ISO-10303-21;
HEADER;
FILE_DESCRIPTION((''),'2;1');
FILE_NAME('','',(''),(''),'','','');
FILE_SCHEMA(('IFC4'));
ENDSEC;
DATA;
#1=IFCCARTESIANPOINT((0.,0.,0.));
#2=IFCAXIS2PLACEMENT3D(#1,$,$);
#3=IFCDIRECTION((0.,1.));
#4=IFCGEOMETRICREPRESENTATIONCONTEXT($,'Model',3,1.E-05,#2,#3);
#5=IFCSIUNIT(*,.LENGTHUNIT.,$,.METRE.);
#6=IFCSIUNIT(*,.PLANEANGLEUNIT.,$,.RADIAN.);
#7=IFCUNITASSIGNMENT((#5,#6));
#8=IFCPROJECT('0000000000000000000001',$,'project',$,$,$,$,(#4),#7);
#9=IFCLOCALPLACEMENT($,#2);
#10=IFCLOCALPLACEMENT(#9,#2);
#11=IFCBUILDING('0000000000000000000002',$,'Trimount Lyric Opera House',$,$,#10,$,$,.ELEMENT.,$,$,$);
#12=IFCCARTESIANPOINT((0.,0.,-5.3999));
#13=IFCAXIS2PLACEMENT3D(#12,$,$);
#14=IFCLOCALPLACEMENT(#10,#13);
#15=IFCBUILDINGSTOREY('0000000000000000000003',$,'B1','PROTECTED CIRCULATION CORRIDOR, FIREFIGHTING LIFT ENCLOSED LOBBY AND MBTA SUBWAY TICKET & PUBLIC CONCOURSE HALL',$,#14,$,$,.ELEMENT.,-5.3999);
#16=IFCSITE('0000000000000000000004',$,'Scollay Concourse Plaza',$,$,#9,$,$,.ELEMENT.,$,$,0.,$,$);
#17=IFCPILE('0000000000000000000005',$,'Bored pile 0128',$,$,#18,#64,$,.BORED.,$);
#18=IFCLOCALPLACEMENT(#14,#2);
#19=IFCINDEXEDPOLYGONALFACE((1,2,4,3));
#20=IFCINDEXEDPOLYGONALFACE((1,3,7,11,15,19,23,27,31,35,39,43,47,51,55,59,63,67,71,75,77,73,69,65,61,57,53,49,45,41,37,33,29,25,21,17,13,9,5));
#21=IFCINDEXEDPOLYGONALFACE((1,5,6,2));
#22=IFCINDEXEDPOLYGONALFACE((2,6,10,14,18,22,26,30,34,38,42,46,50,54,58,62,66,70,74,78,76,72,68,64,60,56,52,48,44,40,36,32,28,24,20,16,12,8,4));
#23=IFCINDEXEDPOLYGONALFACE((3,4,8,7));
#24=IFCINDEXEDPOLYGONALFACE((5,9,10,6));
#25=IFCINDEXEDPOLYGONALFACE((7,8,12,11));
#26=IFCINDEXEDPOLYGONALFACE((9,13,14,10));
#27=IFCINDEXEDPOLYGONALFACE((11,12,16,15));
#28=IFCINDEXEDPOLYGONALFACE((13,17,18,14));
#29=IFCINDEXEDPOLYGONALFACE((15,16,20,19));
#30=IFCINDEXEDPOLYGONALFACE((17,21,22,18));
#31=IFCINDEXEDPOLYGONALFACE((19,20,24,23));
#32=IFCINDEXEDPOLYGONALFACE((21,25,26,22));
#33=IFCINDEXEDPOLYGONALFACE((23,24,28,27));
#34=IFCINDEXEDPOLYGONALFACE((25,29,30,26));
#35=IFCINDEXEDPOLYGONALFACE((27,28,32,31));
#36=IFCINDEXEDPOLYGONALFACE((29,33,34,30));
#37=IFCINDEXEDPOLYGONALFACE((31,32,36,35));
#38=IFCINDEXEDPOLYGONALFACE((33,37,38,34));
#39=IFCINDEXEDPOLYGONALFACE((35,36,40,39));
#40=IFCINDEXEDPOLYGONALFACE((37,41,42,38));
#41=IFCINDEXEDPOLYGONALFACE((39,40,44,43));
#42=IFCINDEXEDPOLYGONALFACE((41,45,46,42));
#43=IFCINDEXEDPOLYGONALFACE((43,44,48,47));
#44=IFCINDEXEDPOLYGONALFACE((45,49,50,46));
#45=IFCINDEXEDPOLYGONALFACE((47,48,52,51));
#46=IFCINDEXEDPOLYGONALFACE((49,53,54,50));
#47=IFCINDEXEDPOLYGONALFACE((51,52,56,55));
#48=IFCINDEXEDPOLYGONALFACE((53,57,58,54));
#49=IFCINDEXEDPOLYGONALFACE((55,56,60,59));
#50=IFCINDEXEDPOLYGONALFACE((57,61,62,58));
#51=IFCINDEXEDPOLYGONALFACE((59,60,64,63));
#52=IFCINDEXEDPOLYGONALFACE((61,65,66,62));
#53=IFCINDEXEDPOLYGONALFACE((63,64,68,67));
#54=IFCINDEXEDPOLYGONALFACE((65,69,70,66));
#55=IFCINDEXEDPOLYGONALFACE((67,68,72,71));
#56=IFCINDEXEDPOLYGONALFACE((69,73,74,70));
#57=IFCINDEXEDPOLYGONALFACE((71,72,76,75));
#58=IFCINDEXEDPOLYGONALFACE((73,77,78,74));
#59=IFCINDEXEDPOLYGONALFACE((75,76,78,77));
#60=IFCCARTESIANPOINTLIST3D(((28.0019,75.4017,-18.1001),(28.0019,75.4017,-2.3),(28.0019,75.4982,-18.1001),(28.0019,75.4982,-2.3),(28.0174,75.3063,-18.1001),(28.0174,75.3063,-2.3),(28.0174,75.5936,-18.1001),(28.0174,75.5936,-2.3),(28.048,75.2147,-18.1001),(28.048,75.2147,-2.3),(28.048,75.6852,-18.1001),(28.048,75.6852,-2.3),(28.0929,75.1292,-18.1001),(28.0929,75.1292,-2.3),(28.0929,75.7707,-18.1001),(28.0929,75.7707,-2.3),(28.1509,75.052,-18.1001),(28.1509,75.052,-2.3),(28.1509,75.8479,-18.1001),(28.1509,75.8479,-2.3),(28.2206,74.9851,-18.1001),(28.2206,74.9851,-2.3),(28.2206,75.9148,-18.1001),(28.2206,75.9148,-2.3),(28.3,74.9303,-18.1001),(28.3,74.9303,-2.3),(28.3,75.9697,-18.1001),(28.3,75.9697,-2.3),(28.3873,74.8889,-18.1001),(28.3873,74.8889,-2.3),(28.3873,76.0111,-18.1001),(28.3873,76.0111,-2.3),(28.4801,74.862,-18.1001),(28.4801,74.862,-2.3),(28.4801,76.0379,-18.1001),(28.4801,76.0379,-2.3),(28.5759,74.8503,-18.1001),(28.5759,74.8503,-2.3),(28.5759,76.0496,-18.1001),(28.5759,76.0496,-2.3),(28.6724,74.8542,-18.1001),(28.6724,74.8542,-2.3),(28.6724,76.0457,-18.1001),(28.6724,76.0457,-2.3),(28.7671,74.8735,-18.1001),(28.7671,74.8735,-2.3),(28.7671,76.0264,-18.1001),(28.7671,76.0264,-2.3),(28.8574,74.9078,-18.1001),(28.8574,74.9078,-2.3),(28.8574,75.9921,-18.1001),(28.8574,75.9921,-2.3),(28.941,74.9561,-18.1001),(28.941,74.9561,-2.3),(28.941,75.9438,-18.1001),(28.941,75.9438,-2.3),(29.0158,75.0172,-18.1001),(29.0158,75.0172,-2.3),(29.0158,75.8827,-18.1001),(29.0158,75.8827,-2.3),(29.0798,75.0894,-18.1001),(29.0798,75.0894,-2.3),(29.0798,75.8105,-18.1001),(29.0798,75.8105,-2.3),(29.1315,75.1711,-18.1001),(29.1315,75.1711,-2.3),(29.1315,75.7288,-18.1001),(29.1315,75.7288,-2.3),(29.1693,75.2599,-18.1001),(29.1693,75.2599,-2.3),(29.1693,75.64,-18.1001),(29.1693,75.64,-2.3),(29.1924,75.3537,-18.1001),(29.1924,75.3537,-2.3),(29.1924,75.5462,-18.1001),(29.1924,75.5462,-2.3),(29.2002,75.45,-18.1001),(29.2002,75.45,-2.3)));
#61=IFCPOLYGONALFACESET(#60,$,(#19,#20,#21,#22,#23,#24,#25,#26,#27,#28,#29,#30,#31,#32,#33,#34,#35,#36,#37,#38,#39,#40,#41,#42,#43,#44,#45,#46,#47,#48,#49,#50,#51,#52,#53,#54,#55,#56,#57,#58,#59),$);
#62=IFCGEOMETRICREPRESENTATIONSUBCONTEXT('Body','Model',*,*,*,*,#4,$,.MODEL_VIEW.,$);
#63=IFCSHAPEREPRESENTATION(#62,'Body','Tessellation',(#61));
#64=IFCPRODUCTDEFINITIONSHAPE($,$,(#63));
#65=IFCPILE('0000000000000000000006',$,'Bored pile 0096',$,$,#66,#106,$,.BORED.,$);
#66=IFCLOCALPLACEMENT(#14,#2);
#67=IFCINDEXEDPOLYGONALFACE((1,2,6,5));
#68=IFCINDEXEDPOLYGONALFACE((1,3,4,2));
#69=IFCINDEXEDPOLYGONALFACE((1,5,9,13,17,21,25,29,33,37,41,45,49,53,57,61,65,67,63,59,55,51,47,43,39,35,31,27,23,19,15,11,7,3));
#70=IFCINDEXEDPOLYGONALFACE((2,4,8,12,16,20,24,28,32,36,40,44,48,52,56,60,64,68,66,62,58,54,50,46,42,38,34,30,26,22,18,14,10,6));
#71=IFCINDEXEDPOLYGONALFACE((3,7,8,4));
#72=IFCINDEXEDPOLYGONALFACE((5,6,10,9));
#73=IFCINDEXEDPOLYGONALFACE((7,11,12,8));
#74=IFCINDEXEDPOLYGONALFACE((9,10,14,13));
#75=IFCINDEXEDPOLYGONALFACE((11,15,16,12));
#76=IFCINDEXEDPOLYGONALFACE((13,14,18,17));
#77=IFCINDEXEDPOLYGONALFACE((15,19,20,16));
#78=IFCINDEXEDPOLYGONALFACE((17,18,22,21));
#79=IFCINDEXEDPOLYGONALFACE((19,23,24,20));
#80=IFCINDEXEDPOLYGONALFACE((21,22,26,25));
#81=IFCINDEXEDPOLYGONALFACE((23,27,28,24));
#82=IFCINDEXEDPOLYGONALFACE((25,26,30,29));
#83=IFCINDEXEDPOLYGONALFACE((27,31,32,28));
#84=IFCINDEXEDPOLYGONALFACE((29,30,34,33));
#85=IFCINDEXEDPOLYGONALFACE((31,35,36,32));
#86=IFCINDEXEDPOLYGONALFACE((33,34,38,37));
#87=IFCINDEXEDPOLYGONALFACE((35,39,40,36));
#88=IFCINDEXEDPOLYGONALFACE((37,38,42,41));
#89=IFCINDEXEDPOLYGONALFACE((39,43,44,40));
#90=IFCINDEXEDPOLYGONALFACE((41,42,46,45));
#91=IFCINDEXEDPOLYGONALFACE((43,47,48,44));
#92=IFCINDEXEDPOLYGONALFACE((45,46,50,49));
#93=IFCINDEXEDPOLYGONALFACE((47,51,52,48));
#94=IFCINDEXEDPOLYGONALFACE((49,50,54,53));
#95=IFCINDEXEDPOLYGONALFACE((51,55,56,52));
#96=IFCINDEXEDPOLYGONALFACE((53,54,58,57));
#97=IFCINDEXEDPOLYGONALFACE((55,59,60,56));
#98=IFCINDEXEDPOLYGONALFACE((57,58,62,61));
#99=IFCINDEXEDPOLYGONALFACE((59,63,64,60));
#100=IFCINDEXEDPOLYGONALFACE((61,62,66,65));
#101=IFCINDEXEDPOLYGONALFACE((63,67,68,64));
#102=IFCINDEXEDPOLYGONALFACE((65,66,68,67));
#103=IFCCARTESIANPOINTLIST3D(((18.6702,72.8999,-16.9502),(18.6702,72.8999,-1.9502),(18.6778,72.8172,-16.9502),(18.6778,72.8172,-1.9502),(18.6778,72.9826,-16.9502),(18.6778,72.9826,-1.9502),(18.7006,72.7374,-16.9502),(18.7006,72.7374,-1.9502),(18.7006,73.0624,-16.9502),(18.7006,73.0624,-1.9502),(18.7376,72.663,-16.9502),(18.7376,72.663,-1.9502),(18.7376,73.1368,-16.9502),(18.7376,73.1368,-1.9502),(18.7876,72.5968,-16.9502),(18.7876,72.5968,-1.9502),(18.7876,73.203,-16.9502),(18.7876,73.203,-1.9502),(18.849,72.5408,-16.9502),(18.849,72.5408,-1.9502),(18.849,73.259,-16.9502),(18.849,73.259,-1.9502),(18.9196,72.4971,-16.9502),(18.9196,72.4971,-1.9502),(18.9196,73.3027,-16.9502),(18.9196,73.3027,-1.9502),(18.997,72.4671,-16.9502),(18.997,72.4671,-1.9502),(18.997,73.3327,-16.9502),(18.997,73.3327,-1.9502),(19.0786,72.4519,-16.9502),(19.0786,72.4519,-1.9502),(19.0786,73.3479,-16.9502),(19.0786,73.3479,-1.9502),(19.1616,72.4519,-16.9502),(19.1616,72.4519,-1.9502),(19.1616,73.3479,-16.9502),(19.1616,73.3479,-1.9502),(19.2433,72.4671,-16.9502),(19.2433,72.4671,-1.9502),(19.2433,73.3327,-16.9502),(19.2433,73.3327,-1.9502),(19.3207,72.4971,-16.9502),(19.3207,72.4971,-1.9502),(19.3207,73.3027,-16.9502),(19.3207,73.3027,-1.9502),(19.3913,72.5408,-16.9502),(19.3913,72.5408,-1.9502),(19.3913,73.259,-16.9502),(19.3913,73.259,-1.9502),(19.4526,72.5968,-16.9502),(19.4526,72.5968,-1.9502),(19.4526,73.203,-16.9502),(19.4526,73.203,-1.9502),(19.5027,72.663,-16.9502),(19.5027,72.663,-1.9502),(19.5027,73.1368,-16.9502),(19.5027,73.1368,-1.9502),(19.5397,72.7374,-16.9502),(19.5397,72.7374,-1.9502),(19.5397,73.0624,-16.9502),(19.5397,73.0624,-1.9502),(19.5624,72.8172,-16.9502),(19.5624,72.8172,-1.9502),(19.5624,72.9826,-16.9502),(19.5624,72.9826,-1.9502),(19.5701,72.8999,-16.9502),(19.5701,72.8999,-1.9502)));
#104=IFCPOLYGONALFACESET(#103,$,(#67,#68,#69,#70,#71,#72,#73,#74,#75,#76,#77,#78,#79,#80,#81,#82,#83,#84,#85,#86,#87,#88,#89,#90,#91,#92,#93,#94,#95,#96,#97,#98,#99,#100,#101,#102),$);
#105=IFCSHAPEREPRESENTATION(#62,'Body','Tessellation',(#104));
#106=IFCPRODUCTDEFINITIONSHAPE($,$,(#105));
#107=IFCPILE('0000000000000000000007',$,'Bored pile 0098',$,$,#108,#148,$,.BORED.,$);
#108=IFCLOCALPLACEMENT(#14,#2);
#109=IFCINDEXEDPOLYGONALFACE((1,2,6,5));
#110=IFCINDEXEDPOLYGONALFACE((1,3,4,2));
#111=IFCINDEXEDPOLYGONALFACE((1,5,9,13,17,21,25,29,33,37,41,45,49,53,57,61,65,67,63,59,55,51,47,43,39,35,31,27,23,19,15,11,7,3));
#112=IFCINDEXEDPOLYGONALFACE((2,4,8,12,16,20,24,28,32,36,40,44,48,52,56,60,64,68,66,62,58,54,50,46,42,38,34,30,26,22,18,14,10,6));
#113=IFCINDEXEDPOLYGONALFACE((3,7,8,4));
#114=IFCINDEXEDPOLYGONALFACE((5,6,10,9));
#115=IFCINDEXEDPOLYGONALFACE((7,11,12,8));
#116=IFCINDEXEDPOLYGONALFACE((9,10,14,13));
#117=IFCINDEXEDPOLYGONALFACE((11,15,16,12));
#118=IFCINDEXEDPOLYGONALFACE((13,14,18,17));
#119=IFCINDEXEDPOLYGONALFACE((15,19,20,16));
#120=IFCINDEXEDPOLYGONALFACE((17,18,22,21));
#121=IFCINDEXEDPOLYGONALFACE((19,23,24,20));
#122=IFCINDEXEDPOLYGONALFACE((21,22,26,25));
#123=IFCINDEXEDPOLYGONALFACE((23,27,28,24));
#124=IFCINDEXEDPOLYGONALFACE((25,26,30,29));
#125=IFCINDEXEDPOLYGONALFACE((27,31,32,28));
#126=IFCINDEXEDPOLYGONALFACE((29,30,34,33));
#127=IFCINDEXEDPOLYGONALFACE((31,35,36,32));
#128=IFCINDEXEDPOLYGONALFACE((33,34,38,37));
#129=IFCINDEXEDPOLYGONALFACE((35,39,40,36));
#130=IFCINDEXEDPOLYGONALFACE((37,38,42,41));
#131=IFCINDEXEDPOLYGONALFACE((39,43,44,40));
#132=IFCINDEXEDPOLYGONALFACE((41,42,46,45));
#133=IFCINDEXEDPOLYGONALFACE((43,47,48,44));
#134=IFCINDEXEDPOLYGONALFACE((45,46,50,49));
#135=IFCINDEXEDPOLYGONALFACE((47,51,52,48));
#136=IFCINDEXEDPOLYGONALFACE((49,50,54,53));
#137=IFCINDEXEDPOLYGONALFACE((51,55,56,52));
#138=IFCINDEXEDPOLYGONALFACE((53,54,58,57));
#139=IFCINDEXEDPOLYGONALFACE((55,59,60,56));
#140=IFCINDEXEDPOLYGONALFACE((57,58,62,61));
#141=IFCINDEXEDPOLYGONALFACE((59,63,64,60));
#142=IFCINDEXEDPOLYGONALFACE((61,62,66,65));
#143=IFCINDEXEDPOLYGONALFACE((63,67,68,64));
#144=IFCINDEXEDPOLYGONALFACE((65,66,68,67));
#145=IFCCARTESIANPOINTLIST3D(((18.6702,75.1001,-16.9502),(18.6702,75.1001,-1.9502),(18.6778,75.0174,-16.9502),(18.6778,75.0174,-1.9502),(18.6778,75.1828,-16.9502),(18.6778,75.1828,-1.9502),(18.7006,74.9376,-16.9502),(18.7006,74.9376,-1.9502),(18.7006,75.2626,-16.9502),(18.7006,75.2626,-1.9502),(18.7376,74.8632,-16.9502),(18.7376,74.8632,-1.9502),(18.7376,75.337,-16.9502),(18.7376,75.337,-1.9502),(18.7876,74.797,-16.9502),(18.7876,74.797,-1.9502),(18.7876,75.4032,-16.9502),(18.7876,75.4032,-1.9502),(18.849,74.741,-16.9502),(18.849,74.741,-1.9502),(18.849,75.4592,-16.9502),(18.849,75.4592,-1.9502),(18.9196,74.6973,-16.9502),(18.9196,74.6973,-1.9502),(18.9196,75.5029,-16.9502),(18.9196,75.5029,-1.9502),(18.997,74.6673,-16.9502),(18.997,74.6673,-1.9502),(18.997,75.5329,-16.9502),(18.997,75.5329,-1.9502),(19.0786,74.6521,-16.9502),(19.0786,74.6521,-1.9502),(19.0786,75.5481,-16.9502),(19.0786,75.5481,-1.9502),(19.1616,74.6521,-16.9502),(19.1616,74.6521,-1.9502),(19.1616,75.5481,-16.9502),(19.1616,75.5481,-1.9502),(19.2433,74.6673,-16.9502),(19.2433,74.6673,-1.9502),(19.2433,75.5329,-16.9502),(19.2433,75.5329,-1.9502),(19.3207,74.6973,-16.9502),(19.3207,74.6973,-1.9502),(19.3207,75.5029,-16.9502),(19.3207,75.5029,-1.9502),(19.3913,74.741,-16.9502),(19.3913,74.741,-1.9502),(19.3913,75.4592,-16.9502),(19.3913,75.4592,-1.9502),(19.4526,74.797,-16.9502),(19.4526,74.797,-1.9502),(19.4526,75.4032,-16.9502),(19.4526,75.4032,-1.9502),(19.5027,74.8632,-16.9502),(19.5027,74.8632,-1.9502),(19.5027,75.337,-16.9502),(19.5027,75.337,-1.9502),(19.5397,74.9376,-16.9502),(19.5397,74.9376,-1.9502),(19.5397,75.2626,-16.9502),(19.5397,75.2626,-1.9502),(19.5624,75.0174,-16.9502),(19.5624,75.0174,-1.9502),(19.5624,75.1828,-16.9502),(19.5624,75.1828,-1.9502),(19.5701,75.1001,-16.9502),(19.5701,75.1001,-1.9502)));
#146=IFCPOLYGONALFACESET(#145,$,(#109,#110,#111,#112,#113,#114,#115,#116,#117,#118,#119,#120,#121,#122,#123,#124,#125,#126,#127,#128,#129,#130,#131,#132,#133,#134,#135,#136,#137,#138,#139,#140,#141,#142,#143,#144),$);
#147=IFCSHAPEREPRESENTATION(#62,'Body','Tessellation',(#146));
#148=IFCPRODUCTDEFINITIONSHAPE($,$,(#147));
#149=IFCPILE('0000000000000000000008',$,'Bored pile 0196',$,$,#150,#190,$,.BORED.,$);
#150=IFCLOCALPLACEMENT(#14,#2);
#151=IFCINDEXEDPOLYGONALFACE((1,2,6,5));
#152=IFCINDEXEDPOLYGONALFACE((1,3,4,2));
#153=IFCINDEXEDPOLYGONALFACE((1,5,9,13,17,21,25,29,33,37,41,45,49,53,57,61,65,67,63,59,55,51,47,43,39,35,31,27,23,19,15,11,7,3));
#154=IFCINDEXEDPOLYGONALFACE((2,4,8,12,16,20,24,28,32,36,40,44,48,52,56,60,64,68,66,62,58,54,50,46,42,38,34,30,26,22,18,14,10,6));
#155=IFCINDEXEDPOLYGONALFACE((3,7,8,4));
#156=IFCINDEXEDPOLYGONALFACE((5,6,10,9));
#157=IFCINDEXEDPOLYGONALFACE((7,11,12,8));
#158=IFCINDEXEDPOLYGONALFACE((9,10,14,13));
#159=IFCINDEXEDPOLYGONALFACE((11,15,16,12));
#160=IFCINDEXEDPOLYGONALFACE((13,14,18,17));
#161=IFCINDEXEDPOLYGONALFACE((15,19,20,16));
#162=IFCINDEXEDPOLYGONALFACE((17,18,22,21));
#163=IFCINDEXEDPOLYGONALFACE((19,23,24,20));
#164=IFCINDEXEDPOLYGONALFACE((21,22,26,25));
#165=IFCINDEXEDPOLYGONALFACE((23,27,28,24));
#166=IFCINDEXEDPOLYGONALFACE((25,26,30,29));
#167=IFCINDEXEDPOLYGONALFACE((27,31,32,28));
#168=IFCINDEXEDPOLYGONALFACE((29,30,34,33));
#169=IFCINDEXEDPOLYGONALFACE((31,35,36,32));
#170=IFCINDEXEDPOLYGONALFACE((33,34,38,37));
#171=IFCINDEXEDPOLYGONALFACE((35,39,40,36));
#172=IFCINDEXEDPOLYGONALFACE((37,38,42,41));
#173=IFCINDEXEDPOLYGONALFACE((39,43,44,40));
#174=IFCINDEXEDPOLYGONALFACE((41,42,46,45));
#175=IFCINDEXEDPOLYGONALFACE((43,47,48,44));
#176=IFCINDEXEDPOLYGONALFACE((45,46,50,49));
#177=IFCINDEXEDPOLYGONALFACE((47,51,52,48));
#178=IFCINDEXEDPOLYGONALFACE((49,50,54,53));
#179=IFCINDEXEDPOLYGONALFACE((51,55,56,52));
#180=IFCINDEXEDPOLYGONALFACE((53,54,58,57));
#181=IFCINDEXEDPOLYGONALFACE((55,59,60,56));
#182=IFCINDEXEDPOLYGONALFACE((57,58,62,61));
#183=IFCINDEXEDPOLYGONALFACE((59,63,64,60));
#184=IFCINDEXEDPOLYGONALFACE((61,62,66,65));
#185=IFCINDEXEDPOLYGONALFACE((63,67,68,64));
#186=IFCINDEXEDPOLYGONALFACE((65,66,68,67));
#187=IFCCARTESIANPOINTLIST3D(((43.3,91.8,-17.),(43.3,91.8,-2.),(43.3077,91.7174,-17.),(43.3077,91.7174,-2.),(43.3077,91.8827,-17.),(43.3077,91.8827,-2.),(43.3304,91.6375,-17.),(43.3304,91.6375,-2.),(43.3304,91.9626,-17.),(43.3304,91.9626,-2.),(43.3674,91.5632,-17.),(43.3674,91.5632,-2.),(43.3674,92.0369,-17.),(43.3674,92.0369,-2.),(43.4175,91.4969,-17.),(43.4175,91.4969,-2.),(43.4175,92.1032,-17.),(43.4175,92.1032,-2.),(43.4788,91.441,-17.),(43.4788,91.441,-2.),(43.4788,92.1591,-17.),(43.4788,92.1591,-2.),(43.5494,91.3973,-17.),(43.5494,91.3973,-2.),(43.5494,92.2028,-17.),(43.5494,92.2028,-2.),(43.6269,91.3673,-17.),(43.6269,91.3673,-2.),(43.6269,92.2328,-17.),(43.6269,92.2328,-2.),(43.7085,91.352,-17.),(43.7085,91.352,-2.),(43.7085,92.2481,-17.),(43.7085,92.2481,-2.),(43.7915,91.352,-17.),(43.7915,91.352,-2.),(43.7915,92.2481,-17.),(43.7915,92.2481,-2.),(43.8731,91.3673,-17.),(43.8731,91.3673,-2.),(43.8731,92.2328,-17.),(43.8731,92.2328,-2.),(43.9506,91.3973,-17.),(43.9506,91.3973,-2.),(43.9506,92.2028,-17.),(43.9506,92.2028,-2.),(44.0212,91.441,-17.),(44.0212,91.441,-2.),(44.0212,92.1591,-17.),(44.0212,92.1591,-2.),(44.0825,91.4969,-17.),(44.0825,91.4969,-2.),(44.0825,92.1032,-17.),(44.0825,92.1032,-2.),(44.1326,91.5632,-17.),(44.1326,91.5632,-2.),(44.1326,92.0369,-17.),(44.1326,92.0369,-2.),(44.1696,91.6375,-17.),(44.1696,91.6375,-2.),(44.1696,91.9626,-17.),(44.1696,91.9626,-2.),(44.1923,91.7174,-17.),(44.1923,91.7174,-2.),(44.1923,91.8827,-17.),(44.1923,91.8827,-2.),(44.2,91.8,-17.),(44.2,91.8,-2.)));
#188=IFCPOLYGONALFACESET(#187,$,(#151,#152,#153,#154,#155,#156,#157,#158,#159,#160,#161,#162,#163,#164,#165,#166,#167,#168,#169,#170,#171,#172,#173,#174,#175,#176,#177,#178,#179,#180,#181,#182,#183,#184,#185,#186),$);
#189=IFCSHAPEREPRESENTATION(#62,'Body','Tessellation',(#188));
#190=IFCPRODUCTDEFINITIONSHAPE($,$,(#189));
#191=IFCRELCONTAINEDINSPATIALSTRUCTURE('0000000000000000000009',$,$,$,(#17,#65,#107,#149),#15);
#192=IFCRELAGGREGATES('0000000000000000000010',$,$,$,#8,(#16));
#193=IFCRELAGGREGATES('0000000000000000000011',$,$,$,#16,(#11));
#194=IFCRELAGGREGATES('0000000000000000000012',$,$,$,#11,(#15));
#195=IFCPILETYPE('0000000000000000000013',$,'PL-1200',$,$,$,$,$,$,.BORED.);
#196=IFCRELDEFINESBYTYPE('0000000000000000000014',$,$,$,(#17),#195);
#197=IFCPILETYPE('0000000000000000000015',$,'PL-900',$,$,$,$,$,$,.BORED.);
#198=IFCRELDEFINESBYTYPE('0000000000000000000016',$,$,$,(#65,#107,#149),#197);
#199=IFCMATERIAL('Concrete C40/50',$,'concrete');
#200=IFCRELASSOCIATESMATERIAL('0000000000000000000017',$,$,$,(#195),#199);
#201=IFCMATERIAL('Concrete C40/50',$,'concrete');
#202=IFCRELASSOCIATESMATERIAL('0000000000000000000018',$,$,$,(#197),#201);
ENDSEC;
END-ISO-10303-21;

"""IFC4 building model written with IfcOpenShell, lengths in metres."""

from ifc_helpers import new_model, si_unit, direction, frame, origin, origin_2d, place, context, subcontext, project, spatial, circle, extrude, material, material_profile, profile_set, type_object, element, save


model = new_model("IFC4")

# Units and contexts
model_context = context("Model", 3, precision=1e-05, world=origin(), true_north=direction((0.0, 1.0)))
body_context = subcontext(model_context, "Body", "Model", "MODEL_VIEW")
ifc_project = project(units=[si_unit("LENGTHUNIT", "METRE"), si_unit("PLANEANGLEUNIT", "RADIAN")], contexts=[model_context])

# Site, building, storey
site_placement = place(None, origin())
site = spatial("IfcSite", under=ifc_project, at=site_placement, Name="Scollay Concourse Plaza", CompositionType="ELEMENT", RefElevation=0.0)
building_placement = place(site_placement, origin())
building = spatial("IfcBuilding", under=site, at=building_placement, Name="Trimount Lyric Opera House", CompositionType="ELEMENT")
storey_placement = place(building_placement, frame((0.0, 0.0, -5.3999)))
storey = spatial("IfcBuildingStorey", under=building, at=storey_placement, Name="B1", Description="PROTECTED CIRCULATION CORRIDOR, FIREFIGHTING LIFT ENCLOSED LOBBY AND MBTA SUBWAY TICKET & PUBLIC CONCOURSE HALL", CompositionType="ELEMENT", Elevation=-5.3999)

# Piles
ifc_material_1 = material(Name="Concrete C40/50", Category="concrete")
ifc_material_profile_1 = material_profile(ifc_material_1, circle(Radius=0.6001, at=origin_2d()), Name="PILE-D1200")
ifc_profile_set_1 = profile_set([ifc_material_profile_1], Name="Concrete C40/50")
pile_type_1 = type_object("IfcPileType", Name="PL-1200", PredefinedType="BORED", material=ifc_profile_set_1)
for number, where, z_axis, x_axis, name in (
    (1, (28.6001, 75.45, -2.3), (0.0, 0.0, -1.0), (1.0, 0.0, 0.0), "Bored pile 0128"),
):
    element("IfcPile", number, at=place(storey_placement, frame(where, z_axis=z_axis, x_axis=x_axis)), inside=storey, type_object=pile_type_1, Name=name, PredefinedType="BORED", context=body_context, shape_type="SweptSolid", body=[
        extrude(circle(Radius=0.6001, at=origin_2d()), origin(), (0.0, 0.0, 1.0), 15.8),
    ])
ifc_material_2 = material(Name="Concrete C40/50", Category="concrete")
ifc_material_profile_2 = material_profile(ifc_material_2, circle(Radius=0.45, at=origin_2d()), Name="PILE-D900")
ifc_profile_set_2 = profile_set([ifc_material_profile_2], Name="Concrete C40/50")
pile_type_2 = type_object("IfcPileType", Name="PL-900", PredefinedType="BORED", material=ifc_profile_set_2)
for number, where, z_axis, x_axis, name in (
    (2, (19.1201, 72.8999, -1.9502), (0.0, 0.0, -1.0), (1.0, 0.0, 0.0), "Bored pile 0096"),
    (3, (19.1201, 75.1001, -1.9502), (0.0, 0.0, -1.0), (1.0, 0.0, 0.0), "Bored pile 0098"),
    (4, (43.75, 91.8, -2.0), (0.0, 0.0, -1.0), (1.0, 0.0, 0.0), "Bored pile 0196"),
):
    element("IfcPile", number, at=place(storey_placement, frame(where, z_axis=z_axis, x_axis=x_axis)), inside=storey, type_object=pile_type_2, Name=name, PredefinedType="BORED", context=body_context, shape_type="SweptSolid", body=[
        extrude(circle(Radius=0.45, at=origin_2d()), origin(), (0.0, 0.0, 1.0), 15.0),
    ])

save(model, "model.ifc")
